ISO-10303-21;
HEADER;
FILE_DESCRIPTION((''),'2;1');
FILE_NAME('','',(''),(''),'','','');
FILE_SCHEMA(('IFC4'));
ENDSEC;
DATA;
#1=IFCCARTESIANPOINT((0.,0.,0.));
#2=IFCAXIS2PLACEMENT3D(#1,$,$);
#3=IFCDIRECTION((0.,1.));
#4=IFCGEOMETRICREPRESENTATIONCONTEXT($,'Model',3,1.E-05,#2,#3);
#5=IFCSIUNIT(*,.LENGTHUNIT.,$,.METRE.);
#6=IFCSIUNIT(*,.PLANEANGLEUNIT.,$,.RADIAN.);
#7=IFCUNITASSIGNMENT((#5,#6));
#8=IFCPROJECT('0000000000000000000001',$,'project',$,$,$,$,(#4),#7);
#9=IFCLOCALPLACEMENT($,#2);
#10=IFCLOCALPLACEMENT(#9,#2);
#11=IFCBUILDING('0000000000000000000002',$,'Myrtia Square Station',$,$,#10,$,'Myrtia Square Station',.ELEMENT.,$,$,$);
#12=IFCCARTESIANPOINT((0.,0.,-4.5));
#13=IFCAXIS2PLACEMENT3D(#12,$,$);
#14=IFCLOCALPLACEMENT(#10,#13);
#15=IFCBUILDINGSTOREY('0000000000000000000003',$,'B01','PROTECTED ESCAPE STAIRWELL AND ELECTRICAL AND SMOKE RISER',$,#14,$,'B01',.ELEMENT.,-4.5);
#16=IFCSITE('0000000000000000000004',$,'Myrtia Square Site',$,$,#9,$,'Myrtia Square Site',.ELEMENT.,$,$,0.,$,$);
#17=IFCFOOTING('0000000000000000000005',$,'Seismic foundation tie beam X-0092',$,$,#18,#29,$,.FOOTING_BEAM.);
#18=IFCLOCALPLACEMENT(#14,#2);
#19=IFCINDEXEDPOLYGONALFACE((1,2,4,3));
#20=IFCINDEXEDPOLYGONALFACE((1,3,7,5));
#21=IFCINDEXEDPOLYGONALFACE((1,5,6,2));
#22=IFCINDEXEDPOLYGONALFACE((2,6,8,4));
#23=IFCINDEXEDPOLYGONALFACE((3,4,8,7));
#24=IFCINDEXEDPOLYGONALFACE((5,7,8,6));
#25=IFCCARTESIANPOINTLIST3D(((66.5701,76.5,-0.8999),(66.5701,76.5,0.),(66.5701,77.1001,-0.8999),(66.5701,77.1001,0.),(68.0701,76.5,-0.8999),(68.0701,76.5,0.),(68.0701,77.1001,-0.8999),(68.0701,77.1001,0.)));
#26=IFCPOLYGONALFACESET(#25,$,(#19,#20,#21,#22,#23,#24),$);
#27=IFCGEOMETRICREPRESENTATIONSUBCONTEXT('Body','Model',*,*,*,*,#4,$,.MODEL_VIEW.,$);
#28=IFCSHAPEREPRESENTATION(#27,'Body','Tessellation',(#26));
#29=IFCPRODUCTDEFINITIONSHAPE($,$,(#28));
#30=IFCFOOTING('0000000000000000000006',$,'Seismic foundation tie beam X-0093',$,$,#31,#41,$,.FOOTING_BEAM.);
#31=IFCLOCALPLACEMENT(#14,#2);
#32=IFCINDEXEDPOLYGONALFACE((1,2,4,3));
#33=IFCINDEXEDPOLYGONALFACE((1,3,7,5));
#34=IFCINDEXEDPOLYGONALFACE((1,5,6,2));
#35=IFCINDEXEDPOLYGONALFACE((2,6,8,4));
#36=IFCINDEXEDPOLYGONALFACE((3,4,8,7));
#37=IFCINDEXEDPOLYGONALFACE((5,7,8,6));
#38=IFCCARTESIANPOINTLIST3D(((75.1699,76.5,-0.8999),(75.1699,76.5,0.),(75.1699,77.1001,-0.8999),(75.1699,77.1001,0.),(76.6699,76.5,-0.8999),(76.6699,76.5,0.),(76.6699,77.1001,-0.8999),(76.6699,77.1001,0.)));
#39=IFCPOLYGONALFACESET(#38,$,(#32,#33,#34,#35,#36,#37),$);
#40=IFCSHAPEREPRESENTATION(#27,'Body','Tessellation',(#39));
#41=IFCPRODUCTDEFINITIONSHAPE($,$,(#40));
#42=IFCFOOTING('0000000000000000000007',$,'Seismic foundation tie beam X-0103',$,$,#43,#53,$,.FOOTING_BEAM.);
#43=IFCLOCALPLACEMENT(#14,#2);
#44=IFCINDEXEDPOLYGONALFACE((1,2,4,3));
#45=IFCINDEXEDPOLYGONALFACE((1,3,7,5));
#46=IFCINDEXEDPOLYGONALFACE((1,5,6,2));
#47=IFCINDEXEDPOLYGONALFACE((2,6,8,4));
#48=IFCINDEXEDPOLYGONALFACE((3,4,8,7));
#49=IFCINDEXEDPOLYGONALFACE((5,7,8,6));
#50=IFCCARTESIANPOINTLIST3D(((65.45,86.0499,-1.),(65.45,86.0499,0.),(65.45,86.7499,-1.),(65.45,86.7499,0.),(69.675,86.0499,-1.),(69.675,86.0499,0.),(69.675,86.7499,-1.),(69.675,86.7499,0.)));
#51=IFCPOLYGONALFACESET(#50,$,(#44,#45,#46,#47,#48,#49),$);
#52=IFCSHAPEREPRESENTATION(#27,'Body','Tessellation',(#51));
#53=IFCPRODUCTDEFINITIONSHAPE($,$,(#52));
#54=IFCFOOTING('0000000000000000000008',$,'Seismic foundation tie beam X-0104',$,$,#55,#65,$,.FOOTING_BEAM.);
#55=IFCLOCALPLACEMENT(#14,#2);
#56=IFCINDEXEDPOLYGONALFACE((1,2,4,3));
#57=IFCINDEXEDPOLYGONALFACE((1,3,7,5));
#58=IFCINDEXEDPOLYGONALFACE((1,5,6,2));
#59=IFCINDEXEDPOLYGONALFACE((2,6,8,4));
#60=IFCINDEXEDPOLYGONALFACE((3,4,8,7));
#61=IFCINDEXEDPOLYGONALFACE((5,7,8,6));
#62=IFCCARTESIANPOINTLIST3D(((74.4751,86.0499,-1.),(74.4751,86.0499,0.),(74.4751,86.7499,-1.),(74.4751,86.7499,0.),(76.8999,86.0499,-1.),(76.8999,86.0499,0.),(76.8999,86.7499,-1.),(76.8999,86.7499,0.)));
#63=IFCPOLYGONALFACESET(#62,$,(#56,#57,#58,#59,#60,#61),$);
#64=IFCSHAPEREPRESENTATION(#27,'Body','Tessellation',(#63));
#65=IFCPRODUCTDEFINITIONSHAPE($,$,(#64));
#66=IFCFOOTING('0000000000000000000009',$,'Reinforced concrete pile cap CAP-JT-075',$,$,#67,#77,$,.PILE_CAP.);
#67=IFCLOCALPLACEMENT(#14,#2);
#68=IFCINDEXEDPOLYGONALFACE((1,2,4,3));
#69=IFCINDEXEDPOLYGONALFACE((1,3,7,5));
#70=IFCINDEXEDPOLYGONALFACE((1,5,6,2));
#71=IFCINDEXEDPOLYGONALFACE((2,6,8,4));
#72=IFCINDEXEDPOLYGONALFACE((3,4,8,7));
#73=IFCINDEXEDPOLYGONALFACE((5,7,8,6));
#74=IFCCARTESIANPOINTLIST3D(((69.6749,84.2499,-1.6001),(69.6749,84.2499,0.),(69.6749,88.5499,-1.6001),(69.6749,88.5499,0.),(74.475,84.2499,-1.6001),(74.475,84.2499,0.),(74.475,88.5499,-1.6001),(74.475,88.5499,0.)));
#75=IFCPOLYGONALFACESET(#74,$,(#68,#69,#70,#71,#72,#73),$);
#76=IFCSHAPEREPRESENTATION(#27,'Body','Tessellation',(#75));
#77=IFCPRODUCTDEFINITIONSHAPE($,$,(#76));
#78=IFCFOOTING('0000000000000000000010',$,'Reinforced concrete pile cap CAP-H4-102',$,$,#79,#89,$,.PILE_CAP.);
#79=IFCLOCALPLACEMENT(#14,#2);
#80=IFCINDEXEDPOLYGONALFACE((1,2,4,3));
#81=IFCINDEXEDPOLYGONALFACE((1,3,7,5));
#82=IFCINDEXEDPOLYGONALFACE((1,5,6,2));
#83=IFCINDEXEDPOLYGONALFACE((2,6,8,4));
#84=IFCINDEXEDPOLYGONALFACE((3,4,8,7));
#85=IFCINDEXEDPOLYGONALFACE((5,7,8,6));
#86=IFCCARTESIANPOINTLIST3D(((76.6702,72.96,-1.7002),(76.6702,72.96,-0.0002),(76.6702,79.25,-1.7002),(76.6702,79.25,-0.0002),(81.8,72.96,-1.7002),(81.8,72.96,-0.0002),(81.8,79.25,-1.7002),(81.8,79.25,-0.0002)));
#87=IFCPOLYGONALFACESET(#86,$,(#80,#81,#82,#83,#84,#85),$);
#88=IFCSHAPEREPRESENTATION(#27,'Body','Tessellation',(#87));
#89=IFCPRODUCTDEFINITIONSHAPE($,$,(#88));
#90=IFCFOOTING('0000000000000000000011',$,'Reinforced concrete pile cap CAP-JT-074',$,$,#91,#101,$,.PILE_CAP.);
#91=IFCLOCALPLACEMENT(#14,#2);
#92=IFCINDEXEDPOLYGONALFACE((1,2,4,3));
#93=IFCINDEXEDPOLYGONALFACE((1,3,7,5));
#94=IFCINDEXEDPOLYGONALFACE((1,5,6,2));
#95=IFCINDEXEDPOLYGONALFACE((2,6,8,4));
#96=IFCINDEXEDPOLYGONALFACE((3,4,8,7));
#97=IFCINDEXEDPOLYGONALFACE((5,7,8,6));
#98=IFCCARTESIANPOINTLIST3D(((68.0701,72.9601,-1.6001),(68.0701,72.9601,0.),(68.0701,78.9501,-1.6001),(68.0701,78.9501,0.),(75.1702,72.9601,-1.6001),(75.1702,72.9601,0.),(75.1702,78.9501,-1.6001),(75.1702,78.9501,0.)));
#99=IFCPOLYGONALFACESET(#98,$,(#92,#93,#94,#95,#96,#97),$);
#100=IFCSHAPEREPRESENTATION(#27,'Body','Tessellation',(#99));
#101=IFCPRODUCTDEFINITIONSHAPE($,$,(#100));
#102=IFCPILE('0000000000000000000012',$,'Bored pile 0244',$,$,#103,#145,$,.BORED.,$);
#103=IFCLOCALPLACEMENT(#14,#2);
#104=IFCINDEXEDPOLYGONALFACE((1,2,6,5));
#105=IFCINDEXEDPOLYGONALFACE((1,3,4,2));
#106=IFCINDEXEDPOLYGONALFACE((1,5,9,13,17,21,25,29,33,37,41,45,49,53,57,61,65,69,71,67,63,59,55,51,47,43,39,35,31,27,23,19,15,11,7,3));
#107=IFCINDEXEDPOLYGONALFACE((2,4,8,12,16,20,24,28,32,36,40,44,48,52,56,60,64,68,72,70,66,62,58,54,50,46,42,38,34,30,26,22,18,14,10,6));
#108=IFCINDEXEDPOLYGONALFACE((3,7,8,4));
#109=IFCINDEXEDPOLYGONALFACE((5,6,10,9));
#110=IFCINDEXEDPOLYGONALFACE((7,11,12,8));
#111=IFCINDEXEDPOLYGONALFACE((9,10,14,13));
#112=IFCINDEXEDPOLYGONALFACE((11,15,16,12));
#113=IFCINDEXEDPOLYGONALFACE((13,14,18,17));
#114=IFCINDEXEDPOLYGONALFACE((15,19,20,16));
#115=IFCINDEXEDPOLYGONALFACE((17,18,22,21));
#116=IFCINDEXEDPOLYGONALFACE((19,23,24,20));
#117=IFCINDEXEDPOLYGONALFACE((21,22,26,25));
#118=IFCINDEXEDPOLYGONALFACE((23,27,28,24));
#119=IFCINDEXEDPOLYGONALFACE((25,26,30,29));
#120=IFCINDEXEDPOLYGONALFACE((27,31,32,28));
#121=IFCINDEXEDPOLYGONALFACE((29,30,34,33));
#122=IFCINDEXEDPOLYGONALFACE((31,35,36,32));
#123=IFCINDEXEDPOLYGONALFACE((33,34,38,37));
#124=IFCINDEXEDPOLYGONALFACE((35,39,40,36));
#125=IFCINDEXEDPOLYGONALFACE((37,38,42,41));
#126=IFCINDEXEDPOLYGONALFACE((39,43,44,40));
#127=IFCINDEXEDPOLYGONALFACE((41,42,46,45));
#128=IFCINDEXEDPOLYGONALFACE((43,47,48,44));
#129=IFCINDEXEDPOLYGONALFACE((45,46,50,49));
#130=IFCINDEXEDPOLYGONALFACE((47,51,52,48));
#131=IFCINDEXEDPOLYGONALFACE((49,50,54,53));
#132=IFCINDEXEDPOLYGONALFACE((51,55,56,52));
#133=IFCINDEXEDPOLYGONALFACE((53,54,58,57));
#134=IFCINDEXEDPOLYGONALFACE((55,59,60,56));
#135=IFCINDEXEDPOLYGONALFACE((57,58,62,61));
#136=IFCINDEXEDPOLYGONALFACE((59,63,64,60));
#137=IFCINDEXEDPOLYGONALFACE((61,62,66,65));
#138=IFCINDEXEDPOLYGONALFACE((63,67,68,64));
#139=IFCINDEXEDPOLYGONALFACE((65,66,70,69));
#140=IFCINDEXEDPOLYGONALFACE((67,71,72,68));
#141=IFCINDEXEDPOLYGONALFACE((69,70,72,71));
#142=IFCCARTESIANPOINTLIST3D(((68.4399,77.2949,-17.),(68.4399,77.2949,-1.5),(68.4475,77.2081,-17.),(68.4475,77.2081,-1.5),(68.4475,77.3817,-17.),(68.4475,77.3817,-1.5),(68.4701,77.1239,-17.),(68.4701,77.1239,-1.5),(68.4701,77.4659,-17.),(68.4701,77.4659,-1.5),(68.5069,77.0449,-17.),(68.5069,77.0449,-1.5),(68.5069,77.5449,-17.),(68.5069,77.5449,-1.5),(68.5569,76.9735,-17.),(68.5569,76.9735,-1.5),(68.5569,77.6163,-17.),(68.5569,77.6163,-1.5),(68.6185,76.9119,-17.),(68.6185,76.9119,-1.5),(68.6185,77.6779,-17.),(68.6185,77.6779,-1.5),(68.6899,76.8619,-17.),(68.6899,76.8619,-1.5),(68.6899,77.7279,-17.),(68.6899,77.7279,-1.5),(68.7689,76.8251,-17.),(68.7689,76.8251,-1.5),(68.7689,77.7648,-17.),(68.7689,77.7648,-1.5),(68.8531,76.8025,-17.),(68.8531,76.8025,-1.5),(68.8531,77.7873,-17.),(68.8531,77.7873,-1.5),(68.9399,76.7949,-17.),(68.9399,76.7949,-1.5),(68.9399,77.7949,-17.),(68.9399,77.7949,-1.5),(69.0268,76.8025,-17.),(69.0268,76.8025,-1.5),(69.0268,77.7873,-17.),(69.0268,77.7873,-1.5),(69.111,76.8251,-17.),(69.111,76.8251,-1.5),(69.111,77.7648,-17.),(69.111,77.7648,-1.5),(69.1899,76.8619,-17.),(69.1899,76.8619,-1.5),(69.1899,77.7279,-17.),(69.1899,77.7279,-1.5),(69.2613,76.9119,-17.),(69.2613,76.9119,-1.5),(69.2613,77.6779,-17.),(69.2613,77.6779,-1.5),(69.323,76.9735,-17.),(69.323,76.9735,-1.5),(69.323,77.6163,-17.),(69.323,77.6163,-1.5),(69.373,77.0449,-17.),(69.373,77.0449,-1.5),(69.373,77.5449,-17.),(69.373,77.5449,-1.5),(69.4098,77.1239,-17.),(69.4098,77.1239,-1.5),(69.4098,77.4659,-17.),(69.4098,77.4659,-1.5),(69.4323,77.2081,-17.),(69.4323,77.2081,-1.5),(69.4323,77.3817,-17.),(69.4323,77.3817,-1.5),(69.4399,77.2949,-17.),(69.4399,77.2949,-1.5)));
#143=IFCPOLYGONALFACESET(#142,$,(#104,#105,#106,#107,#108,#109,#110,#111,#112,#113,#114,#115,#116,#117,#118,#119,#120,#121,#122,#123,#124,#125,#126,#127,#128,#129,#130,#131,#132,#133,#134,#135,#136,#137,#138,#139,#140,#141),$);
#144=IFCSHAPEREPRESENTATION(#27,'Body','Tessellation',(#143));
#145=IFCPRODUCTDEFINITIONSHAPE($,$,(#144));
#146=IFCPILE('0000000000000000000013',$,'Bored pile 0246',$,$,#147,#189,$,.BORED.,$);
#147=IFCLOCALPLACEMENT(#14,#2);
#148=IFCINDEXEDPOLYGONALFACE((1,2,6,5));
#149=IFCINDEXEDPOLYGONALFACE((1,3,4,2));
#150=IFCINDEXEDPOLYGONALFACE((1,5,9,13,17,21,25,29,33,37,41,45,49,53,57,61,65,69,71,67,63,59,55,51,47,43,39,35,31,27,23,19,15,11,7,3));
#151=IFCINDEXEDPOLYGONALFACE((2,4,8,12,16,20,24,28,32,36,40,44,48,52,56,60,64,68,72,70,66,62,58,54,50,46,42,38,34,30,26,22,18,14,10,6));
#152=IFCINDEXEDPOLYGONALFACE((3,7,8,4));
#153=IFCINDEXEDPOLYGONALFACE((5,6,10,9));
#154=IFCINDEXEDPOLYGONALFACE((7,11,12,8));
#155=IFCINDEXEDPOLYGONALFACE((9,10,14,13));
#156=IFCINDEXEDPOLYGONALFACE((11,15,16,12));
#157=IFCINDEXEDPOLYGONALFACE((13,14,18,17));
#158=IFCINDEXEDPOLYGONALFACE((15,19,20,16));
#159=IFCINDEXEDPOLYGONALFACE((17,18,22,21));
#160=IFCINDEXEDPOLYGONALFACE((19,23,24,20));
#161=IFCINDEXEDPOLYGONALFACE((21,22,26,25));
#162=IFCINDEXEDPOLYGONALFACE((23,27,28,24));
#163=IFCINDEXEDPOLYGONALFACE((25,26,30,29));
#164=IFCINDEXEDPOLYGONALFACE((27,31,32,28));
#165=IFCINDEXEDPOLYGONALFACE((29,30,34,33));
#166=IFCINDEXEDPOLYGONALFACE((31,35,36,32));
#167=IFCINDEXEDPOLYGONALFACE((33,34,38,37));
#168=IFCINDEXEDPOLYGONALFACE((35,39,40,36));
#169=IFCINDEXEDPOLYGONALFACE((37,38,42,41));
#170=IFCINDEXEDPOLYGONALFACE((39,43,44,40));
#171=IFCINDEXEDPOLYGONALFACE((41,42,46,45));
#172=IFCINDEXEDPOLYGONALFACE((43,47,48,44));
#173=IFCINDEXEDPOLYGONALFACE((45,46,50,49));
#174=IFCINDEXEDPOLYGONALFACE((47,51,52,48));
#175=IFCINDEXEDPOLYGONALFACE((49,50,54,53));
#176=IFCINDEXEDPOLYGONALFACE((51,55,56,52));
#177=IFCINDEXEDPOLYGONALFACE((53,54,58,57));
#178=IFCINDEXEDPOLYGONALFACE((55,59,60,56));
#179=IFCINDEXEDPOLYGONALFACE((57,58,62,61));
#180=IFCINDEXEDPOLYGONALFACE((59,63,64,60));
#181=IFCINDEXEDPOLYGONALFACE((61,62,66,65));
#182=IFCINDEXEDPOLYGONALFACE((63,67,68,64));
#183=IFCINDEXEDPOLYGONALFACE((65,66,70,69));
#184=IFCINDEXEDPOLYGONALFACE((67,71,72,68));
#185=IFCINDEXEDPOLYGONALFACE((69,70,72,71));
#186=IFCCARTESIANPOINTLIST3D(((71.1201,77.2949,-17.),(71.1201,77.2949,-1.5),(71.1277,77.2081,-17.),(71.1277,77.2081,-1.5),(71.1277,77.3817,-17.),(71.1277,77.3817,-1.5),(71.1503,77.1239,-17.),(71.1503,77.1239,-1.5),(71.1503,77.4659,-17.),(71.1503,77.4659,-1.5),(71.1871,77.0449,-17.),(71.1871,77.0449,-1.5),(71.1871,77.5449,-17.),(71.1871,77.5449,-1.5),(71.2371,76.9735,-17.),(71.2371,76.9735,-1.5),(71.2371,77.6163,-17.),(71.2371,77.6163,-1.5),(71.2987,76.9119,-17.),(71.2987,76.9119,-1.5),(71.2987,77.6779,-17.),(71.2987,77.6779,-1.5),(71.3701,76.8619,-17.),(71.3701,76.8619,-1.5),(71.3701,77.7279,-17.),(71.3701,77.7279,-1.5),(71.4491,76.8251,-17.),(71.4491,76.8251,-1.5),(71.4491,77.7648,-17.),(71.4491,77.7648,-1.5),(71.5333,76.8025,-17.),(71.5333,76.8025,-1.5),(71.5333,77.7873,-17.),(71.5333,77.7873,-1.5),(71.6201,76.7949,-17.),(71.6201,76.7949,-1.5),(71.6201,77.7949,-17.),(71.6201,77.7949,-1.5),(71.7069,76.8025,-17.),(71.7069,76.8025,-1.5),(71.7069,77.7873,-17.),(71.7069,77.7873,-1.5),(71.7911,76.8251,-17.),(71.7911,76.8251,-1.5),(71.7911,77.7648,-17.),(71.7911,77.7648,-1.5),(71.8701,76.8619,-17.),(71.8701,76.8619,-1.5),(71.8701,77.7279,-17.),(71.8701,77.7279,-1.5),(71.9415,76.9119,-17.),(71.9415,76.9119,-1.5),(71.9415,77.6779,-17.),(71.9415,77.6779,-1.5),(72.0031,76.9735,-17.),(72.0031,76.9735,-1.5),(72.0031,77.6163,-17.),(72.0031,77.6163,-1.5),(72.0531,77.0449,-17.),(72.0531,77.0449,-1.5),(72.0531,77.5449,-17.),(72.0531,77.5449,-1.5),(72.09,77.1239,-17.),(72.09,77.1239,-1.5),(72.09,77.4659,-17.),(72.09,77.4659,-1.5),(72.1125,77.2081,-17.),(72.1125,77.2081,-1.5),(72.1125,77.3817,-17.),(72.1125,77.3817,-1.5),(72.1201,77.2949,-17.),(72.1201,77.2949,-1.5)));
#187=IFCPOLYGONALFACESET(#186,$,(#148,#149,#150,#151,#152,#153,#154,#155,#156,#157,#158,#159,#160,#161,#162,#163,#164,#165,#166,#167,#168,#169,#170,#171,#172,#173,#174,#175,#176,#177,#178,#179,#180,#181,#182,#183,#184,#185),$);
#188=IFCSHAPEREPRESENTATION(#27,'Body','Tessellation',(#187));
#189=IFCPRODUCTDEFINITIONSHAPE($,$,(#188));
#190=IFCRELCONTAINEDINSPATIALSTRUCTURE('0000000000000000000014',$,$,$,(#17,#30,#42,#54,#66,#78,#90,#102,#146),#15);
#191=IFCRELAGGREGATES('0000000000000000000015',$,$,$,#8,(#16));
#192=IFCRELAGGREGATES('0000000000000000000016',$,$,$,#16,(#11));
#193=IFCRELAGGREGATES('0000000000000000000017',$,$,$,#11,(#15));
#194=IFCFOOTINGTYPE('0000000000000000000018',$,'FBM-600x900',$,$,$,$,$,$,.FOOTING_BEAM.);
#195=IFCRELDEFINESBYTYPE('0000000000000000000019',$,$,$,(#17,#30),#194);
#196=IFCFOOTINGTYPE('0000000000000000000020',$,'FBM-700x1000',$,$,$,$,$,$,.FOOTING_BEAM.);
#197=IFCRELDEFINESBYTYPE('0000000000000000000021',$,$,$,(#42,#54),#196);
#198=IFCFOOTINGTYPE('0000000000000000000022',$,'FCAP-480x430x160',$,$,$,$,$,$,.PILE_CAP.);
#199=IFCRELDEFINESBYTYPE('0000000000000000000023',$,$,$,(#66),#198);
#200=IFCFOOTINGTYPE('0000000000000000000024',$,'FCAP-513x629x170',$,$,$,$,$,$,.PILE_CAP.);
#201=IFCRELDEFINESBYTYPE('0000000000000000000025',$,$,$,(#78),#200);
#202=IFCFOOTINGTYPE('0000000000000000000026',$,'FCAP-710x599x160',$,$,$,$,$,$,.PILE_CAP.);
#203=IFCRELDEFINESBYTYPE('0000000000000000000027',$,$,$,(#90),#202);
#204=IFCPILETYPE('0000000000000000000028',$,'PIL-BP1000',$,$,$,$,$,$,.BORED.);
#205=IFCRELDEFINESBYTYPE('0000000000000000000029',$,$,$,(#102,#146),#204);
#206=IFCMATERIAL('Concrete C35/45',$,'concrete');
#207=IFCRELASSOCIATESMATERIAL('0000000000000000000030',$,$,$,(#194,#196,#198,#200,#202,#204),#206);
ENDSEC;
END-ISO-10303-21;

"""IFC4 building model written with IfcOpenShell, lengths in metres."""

from ifc_helpers import new_model, si_unit, direction, frame, origin, origin_2d, place, context, subcontext, project, spatial, rectangle, circle, extrude, material, material_profile, profile_set, type_object, element, save


model = new_model("IFC4")

# Units and contexts
model_context = context("Model", 3, precision=1e-05, world=origin(), true_north=direction((0.0, 1.0)))
body_context = subcontext(model_context, "Body", "Model", "MODEL_VIEW")
ifc_project = project(units=[si_unit("LENGTHUNIT", "METRE"), si_unit("PLANEANGLEUNIT", "RADIAN")], contexts=[model_context])

# Site, building, storey
site_placement = place(None, origin())
site = spatial("IfcSite", under=ifc_project, at=site_placement, Name="Myrtia Square Site", LongName="Myrtia Square Site", CompositionType="ELEMENT", RefElevation=0.0)
building_placement = place(site_placement, origin())
building = spatial("IfcBuilding", under=site, at=building_placement, Name="Myrtia Square Station", LongName="Myrtia Square Station", CompositionType="ELEMENT")
storey_placement = place(building_placement, frame((0.0, 0.0, -4.5)))
storey = spatial("IfcBuildingStorey", under=building, at=storey_placement, Name="B01", Description="PROTECTED ESCAPE STAIRWELL AND ELECTRICAL AND SMOKE RISER", LongName="B01", CompositionType="ELEMENT", Elevation=-4.5)

# Footings
ifc_material_1 = material(Name="Concrete C35/45", Category="concrete")
ifc_material_profile_1 = material_profile(ifc_material_1, rectangle(XDim=0.6001, YDim=0.8999, at=origin_2d()), Name="FB 600x900")
ifc_profile_set_1 = profile_set([ifc_material_profile_1], Name="Concrete C35/45")
footing_type_1 = type_object("IfcFootingType", Name="FBM-600x900", PredefinedType="FOOTING_BEAM", material=ifc_profile_set_1)
for number, where, z_axis, x_axis, name in (
    (1, (66.5701, 76.8, -0.45), (1.0, 0.0, 0.0), (0.0, 1.0, 0.0), "Seismic foundation tie beam X-0092"),
    (2, (75.1699, 76.8, -0.45), (1.0, 0.0, 0.0), (0.0, 1.0, 0.0), "Seismic foundation tie beam X-0093"),
):
    element("IfcFooting", number, at=place(storey_placement, frame(where, z_axis=z_axis, x_axis=x_axis)), inside=storey, type_object=footing_type_1, Name=name, PredefinedType="FOOTING_BEAM", context=body_context, shape_type="SweptSolid", body=[
        extrude(rectangle(XDim=0.6001, YDim=0.8999, at=origin_2d()), origin(), (0.0, 0.0, 1.0), 1.5),
    ])
ifc_material_profile_2 = material_profile(ifc_material_1, rectangle(XDim=0.7, YDim=1.0, at=origin_2d()), Name="FB 700x1000")
ifc_profile_set_2 = profile_set([ifc_material_profile_2], Name="Concrete C35/45")
footing_type_2 = type_object("IfcFootingType", Name="FBM-700x1000", PredefinedType="FOOTING_BEAM", material=ifc_profile_set_2)
footing_1_placement = place(storey_placement, frame((65.45, 86.3999, -0.5), z_axis=(1.0, 0.0, 0.0), x_axis=(0.0, 1.0, 0.0)))
element("IfcFooting", 3, at=footing_1_placement, inside=storey, type_object=footing_type_2, Name="Seismic foundation tie beam X-0103", PredefinedType="FOOTING_BEAM", context=body_context, shape_type="SweptSolid", body=[
    extrude(rectangle(XDim=0.7, YDim=1.0, at=origin_2d()), origin(), (0.0, 0.0, 1.0), 4.2251),
])
footing_2_placement = place(storey_placement, frame((74.4751, 86.3999, -0.5), z_axis=(1.0, 0.0, 0.0), x_axis=(0.0, 1.0, 0.0)))
element("IfcFooting", 4, at=footing_2_placement, inside=storey, type_object=footing_type_2, Name="Seismic foundation tie beam X-0104", PredefinedType="FOOTING_BEAM", context=body_context, shape_type="SweptSolid", body=[
    extrude(rectangle(XDim=0.7, YDim=1.0, at=origin_2d()), origin(), (0.0, 0.0, 1.0), 2.4248),
])
footing_type_3 = type_object("IfcFootingType", Name="FCAP-480x430x160", PredefinedType="PILE_CAP", material=ifc_material_1)
footing_3_placement = place(storey_placement, frame((72.075, 86.3999, -1.6001), z_axis=(0.0, 0.0, 1.0), x_axis=(1.0, 0.0, 0.0)))
element("IfcFooting", 5, at=footing_3_placement, inside=storey, type_object=footing_type_3, Name="Reinforced concrete pile cap CAP-JT-075", PredefinedType="PILE_CAP", context=body_context, shape_type="SweptSolid", body=[
    extrude(rectangle(XDim=4.8, YDim=4.3, at=origin_2d()), origin(), (0.0, 0.0, 1.0), 1.6001),
])
footing_type_4 = type_object("IfcFootingType", Name="FCAP-513x629x170", PredefinedType="PILE_CAP", material=ifc_material_1)
footing_4_placement = place(storey_placement, frame((79.2351, 76.105, -1.7002), z_axis=(0.0, 0.0, 1.0), x_axis=(1.0, 0.0, 0.0)))
element("IfcFooting", 6, at=footing_4_placement, inside=storey, type_object=footing_type_4, Name="Reinforced concrete pile cap CAP-H4-102", PredefinedType="PILE_CAP", context=body_context, shape_type="SweptSolid", body=[
    extrude(rectangle(XDim=5.1299, YDim=6.29, at=origin_2d()), origin(), (0.0, 0.0, 1.0), 1.7),
])
footing_type_5 = type_object("IfcFootingType", Name="FCAP-710x599x160", PredefinedType="PILE_CAP", material=ifc_material_1)
footing_5_placement = place(storey_placement, frame((71.6201, 75.9551, -1.6001), z_axis=(0.0, 0.0, 1.0), x_axis=(1.0, 0.0, 0.0)))
element("IfcFooting", 7, at=footing_5_placement, inside=storey, type_object=footing_type_5, Name="Reinforced concrete pile cap CAP-JT-074", PredefinedType="PILE_CAP", context=body_context, shape_type="SweptSolid", body=[
    extrude(rectangle(XDim=7.1001, YDim=5.99, at=origin_2d()), origin(), (0.0, 0.0, 1.0), 1.6001),
])

# Piles
ifc_material_profile_3 = material_profile(ifc_material_1, circle(Radius=0.5, at=origin_2d()), Name="BP D1000")
ifc_profile_set_3 = profile_set([ifc_material_profile_3], Name="Concrete C35/45")
pile_type_1 = type_object("IfcPileType", Name="PIL-BP1000", PredefinedType="BORED", material=ifc_profile_set_3)
for number, where, z_axis, x_axis, name in (
    (8, (68.9399, 77.2949, -1.5), (0.0, 0.0, -1.0), (1.0, 0.0, 0.0), "Bored pile 0244"),
    (9, (71.6201, 77.2949, -1.5), (0.0, 0.0, -1.0), (1.0, 0.0, 0.0), "Bored pile 0246"),
):
    element("IfcPile", number, at=place(storey_placement, frame(where, z_axis=z_axis, x_axis=x_axis)), inside=storey, type_object=pile_type_1, Name=name, PredefinedType="BORED", context=body_context, shape_type="SweptSolid", body=[
        extrude(circle(Radius=0.5, at=origin_2d()), origin(), (0.0, 0.0, 1.0), 15.5),
    ])

save(model, "model.ifc")
